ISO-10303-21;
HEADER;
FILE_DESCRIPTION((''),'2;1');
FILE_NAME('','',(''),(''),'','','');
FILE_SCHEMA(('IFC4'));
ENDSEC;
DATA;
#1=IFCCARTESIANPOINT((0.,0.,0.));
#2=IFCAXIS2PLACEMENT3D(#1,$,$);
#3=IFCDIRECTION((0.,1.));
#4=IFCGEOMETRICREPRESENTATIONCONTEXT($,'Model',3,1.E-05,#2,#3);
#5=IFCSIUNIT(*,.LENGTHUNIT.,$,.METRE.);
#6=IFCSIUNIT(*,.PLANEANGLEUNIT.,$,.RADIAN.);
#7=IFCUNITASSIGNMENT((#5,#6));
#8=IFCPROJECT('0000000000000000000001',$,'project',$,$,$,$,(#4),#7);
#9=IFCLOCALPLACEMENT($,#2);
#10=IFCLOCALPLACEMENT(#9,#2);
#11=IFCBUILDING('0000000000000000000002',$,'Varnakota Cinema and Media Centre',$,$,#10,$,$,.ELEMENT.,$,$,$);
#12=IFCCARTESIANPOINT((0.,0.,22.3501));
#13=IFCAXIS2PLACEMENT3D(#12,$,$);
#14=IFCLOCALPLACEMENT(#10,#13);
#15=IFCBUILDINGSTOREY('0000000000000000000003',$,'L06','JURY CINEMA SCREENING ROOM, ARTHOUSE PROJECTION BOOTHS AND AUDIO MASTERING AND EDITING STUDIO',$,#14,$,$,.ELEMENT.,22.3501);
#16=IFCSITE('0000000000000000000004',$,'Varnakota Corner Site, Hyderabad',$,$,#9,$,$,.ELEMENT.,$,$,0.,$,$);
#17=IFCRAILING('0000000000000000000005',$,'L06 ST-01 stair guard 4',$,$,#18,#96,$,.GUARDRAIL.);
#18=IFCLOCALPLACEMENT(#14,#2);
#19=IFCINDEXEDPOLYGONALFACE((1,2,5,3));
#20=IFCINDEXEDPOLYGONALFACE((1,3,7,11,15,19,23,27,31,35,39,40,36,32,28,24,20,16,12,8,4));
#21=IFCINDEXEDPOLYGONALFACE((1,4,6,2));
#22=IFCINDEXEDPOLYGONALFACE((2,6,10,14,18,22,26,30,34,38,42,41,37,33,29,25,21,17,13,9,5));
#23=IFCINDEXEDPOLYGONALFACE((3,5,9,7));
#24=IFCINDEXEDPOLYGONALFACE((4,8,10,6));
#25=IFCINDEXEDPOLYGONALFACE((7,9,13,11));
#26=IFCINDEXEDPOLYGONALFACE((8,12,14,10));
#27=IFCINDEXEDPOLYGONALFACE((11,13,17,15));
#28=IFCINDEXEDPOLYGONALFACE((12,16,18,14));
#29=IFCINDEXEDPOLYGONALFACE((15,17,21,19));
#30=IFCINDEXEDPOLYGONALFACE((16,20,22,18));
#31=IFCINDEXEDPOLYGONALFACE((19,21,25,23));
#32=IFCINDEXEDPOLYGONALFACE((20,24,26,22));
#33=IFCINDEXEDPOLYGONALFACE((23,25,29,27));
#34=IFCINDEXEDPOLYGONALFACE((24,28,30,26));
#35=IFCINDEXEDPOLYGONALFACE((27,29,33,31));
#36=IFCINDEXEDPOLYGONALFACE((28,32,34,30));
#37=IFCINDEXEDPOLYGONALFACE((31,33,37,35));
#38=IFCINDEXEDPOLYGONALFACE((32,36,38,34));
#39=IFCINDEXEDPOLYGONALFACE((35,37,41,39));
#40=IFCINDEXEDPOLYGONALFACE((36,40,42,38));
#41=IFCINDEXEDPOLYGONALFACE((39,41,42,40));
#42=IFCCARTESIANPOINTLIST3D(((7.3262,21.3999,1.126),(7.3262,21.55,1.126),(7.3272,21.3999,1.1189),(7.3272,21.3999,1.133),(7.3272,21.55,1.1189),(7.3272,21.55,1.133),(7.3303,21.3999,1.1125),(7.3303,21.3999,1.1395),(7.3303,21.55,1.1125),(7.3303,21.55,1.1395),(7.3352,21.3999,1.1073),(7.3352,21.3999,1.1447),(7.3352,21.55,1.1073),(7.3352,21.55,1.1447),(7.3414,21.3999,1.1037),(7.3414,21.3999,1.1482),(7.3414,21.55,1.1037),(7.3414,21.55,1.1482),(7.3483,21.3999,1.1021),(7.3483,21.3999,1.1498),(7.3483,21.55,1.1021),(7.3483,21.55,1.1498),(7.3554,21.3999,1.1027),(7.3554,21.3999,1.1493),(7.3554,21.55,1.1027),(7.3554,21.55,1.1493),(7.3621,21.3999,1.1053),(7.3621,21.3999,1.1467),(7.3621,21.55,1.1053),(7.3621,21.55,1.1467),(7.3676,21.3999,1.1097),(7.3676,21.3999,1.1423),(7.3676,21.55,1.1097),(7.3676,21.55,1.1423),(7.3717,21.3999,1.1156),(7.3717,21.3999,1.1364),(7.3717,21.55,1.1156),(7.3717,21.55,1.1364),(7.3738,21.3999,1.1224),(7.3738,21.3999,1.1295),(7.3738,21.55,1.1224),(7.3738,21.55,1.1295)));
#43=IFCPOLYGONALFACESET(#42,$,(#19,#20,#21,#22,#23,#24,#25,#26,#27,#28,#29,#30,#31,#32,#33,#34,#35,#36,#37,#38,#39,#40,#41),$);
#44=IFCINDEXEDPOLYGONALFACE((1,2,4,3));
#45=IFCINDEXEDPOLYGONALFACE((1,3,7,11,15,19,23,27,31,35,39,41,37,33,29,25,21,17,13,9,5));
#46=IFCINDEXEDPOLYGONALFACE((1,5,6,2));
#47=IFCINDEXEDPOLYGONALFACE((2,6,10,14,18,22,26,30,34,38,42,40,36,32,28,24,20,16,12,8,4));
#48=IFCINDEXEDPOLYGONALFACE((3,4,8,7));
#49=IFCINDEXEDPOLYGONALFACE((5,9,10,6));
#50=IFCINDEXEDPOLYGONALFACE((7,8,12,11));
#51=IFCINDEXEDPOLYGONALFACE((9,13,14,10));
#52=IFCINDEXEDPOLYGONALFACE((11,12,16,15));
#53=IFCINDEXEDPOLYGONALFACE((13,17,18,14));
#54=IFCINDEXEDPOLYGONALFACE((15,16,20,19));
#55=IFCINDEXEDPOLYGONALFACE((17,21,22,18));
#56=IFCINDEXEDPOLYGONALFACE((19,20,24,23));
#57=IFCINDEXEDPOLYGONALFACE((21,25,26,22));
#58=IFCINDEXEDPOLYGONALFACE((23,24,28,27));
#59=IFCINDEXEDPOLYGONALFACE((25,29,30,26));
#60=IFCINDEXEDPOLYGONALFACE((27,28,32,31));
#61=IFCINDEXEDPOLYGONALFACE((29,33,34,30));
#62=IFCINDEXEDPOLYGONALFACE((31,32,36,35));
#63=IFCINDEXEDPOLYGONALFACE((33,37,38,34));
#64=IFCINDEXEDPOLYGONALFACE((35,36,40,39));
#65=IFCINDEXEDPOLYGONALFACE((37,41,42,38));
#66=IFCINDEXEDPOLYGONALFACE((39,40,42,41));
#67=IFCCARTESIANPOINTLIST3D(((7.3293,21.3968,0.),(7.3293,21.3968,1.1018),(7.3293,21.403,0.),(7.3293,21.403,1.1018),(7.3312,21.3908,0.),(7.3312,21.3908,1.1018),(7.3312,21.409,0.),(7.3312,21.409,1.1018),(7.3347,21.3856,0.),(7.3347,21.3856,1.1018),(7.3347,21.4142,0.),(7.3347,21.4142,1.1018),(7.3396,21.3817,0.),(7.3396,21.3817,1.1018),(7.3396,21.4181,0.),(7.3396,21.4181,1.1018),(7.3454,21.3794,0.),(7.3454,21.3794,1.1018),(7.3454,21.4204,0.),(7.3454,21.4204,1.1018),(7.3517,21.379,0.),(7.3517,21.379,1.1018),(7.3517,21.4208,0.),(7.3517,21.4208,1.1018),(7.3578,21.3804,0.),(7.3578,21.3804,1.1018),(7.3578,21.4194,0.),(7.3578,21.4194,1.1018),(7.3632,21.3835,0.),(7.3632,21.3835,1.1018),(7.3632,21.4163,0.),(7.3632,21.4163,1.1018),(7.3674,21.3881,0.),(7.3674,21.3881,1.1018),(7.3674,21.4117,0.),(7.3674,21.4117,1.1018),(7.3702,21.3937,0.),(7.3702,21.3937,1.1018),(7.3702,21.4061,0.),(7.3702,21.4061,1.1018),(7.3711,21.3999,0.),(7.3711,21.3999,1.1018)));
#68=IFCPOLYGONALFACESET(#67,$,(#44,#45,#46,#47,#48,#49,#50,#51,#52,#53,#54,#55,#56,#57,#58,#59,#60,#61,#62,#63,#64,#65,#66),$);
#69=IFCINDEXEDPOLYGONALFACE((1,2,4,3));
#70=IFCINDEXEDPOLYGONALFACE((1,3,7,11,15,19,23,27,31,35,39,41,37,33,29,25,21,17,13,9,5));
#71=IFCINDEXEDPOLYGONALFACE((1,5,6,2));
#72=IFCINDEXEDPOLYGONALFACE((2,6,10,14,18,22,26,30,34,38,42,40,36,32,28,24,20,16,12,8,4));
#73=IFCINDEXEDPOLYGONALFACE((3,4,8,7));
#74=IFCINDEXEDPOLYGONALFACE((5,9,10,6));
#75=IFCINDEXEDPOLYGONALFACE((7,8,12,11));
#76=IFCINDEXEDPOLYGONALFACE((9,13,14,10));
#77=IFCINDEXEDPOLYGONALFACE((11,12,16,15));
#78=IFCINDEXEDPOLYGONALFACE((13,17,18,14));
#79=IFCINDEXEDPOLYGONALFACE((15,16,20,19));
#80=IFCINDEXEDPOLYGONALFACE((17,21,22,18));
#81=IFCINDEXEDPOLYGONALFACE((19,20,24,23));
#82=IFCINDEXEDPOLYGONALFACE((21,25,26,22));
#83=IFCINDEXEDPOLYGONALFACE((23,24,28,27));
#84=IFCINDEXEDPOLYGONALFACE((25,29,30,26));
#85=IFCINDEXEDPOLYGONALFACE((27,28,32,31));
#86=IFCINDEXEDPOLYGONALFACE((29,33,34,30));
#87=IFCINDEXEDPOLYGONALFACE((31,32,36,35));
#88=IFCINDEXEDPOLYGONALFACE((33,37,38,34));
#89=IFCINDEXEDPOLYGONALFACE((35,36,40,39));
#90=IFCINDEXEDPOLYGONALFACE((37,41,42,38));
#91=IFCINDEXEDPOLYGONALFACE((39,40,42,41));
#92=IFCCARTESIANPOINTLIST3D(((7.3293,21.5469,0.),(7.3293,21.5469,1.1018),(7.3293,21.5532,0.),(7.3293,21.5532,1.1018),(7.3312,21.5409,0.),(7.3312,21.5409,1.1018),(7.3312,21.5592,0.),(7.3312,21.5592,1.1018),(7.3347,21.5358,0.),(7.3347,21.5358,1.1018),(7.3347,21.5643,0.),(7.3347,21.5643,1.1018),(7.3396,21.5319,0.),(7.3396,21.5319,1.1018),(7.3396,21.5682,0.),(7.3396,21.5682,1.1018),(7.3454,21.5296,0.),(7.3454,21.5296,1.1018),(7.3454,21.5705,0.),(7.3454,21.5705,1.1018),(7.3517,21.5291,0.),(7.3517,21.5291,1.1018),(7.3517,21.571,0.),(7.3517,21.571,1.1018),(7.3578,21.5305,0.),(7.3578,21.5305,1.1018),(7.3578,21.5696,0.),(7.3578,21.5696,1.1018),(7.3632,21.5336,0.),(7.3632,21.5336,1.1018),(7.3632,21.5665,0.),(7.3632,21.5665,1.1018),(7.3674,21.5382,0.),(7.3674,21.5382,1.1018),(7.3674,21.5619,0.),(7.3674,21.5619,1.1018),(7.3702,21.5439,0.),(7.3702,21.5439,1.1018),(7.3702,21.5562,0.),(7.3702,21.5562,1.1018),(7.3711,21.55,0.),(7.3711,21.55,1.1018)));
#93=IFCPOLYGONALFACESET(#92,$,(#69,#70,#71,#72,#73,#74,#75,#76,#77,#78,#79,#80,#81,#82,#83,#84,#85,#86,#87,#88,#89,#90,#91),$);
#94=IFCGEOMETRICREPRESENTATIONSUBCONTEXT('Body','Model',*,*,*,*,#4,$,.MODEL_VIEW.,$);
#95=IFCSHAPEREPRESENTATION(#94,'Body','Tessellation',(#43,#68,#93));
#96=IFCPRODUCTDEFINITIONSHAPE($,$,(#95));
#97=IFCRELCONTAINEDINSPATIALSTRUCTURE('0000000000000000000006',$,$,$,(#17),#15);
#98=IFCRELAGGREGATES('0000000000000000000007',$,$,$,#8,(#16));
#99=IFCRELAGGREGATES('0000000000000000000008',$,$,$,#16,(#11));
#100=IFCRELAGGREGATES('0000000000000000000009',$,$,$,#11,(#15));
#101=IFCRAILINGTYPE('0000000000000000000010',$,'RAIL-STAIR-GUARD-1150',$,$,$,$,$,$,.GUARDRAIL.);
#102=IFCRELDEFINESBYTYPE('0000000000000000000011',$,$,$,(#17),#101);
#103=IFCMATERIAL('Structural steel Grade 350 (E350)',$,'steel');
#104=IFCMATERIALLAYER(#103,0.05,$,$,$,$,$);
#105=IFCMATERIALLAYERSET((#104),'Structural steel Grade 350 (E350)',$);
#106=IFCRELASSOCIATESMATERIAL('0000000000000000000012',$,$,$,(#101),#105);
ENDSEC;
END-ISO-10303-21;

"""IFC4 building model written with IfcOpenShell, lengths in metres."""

from ifc_helpers import new_model, si_unit, direction, frame, origin, origin_2d, place, context, subcontext, project, spatial, circle, extrude, material, layer, layer_set, type_object, element, save


model = new_model("IFC4")

# Units and contexts
model_context = context("Model", 3, precision=1e-05, world=origin(), true_north=direction((0.0, 1.0)))
body_context = subcontext(model_context, "Body", "Model", "MODEL_VIEW")
ifc_project = project(units=[si_unit("LENGTHUNIT", "METRE"), si_unit("PLANEANGLEUNIT", "RADIAN")], contexts=[model_context])

# Site, building, storey
site_placement = place(None, origin())
site = spatial("IfcSite", under=ifc_project, at=site_placement, Name="Varnakota Corner Site, Hyderabad", CompositionType="ELEMENT", RefElevation=0.0)
building_placement = place(site_placement, origin())
building = spatial("IfcBuilding", under=site, at=building_placement, Name="Varnakota Cinema and Media Centre", CompositionType="ELEMENT")
storey_placement = place(building_placement, frame((0.0, 0.0, 22.3501)))
storey = spatial("IfcBuildingStorey", under=building, at=storey_placement, Name="L06", Description="JURY CINEMA SCREENING ROOM, ARTHOUSE PROJECTION BOOTHS AND AUDIO MASTERING AND EDITING STUDIO", CompositionType="ELEMENT", Elevation=22.3501)

# Railing
ifc_material_1 = material(Name="Structural steel Grade 350 (E350)", Category="steel")
ifc_layer_1 = layer(ifc_material_1, 0.05)
ifc_layer_set_1 = layer_set([ifc_layer_1], Name="Structural steel Grade 350 (E350)")
railing_type_1 = type_object("IfcRailingType", Name="RAIL-STAIR-GUARD-1150", PredefinedType="GUARDRAIL", material=ifc_layer_set_1)
railing_1_placement = place(storey_placement, frame((7.3501, 21.3999, 0.0)))
element("IfcRailing", 1, at=railing_1_placement, inside=storey, type_object=railing_type_1, Name="L06 ST-01 stair guard 4", PredefinedType="GUARDRAIL", context=body_context, shape_type="SweptSolid", body=[
    extrude(circle(Radius=0.0239, at=origin_2d()), frame((0.0, 0.0, 1.126), z_axis=(0.0, 1.0, 0.0), x_axis=(-1.0, 0.0, 0.0)), (0.0, 0.0, 1.0), 0.1501),
    extrude(circle(Radius=0.021, at=origin_2d()), origin(), (0.0, 0.0, 1.0), 1.1018),
    extrude(circle(Radius=0.021, at=origin_2d()), frame((0.0, 0.1501, 0.0)), (0.0, 0.0, 1.0), 1.1018),
])

save(model, "model.ifc")
